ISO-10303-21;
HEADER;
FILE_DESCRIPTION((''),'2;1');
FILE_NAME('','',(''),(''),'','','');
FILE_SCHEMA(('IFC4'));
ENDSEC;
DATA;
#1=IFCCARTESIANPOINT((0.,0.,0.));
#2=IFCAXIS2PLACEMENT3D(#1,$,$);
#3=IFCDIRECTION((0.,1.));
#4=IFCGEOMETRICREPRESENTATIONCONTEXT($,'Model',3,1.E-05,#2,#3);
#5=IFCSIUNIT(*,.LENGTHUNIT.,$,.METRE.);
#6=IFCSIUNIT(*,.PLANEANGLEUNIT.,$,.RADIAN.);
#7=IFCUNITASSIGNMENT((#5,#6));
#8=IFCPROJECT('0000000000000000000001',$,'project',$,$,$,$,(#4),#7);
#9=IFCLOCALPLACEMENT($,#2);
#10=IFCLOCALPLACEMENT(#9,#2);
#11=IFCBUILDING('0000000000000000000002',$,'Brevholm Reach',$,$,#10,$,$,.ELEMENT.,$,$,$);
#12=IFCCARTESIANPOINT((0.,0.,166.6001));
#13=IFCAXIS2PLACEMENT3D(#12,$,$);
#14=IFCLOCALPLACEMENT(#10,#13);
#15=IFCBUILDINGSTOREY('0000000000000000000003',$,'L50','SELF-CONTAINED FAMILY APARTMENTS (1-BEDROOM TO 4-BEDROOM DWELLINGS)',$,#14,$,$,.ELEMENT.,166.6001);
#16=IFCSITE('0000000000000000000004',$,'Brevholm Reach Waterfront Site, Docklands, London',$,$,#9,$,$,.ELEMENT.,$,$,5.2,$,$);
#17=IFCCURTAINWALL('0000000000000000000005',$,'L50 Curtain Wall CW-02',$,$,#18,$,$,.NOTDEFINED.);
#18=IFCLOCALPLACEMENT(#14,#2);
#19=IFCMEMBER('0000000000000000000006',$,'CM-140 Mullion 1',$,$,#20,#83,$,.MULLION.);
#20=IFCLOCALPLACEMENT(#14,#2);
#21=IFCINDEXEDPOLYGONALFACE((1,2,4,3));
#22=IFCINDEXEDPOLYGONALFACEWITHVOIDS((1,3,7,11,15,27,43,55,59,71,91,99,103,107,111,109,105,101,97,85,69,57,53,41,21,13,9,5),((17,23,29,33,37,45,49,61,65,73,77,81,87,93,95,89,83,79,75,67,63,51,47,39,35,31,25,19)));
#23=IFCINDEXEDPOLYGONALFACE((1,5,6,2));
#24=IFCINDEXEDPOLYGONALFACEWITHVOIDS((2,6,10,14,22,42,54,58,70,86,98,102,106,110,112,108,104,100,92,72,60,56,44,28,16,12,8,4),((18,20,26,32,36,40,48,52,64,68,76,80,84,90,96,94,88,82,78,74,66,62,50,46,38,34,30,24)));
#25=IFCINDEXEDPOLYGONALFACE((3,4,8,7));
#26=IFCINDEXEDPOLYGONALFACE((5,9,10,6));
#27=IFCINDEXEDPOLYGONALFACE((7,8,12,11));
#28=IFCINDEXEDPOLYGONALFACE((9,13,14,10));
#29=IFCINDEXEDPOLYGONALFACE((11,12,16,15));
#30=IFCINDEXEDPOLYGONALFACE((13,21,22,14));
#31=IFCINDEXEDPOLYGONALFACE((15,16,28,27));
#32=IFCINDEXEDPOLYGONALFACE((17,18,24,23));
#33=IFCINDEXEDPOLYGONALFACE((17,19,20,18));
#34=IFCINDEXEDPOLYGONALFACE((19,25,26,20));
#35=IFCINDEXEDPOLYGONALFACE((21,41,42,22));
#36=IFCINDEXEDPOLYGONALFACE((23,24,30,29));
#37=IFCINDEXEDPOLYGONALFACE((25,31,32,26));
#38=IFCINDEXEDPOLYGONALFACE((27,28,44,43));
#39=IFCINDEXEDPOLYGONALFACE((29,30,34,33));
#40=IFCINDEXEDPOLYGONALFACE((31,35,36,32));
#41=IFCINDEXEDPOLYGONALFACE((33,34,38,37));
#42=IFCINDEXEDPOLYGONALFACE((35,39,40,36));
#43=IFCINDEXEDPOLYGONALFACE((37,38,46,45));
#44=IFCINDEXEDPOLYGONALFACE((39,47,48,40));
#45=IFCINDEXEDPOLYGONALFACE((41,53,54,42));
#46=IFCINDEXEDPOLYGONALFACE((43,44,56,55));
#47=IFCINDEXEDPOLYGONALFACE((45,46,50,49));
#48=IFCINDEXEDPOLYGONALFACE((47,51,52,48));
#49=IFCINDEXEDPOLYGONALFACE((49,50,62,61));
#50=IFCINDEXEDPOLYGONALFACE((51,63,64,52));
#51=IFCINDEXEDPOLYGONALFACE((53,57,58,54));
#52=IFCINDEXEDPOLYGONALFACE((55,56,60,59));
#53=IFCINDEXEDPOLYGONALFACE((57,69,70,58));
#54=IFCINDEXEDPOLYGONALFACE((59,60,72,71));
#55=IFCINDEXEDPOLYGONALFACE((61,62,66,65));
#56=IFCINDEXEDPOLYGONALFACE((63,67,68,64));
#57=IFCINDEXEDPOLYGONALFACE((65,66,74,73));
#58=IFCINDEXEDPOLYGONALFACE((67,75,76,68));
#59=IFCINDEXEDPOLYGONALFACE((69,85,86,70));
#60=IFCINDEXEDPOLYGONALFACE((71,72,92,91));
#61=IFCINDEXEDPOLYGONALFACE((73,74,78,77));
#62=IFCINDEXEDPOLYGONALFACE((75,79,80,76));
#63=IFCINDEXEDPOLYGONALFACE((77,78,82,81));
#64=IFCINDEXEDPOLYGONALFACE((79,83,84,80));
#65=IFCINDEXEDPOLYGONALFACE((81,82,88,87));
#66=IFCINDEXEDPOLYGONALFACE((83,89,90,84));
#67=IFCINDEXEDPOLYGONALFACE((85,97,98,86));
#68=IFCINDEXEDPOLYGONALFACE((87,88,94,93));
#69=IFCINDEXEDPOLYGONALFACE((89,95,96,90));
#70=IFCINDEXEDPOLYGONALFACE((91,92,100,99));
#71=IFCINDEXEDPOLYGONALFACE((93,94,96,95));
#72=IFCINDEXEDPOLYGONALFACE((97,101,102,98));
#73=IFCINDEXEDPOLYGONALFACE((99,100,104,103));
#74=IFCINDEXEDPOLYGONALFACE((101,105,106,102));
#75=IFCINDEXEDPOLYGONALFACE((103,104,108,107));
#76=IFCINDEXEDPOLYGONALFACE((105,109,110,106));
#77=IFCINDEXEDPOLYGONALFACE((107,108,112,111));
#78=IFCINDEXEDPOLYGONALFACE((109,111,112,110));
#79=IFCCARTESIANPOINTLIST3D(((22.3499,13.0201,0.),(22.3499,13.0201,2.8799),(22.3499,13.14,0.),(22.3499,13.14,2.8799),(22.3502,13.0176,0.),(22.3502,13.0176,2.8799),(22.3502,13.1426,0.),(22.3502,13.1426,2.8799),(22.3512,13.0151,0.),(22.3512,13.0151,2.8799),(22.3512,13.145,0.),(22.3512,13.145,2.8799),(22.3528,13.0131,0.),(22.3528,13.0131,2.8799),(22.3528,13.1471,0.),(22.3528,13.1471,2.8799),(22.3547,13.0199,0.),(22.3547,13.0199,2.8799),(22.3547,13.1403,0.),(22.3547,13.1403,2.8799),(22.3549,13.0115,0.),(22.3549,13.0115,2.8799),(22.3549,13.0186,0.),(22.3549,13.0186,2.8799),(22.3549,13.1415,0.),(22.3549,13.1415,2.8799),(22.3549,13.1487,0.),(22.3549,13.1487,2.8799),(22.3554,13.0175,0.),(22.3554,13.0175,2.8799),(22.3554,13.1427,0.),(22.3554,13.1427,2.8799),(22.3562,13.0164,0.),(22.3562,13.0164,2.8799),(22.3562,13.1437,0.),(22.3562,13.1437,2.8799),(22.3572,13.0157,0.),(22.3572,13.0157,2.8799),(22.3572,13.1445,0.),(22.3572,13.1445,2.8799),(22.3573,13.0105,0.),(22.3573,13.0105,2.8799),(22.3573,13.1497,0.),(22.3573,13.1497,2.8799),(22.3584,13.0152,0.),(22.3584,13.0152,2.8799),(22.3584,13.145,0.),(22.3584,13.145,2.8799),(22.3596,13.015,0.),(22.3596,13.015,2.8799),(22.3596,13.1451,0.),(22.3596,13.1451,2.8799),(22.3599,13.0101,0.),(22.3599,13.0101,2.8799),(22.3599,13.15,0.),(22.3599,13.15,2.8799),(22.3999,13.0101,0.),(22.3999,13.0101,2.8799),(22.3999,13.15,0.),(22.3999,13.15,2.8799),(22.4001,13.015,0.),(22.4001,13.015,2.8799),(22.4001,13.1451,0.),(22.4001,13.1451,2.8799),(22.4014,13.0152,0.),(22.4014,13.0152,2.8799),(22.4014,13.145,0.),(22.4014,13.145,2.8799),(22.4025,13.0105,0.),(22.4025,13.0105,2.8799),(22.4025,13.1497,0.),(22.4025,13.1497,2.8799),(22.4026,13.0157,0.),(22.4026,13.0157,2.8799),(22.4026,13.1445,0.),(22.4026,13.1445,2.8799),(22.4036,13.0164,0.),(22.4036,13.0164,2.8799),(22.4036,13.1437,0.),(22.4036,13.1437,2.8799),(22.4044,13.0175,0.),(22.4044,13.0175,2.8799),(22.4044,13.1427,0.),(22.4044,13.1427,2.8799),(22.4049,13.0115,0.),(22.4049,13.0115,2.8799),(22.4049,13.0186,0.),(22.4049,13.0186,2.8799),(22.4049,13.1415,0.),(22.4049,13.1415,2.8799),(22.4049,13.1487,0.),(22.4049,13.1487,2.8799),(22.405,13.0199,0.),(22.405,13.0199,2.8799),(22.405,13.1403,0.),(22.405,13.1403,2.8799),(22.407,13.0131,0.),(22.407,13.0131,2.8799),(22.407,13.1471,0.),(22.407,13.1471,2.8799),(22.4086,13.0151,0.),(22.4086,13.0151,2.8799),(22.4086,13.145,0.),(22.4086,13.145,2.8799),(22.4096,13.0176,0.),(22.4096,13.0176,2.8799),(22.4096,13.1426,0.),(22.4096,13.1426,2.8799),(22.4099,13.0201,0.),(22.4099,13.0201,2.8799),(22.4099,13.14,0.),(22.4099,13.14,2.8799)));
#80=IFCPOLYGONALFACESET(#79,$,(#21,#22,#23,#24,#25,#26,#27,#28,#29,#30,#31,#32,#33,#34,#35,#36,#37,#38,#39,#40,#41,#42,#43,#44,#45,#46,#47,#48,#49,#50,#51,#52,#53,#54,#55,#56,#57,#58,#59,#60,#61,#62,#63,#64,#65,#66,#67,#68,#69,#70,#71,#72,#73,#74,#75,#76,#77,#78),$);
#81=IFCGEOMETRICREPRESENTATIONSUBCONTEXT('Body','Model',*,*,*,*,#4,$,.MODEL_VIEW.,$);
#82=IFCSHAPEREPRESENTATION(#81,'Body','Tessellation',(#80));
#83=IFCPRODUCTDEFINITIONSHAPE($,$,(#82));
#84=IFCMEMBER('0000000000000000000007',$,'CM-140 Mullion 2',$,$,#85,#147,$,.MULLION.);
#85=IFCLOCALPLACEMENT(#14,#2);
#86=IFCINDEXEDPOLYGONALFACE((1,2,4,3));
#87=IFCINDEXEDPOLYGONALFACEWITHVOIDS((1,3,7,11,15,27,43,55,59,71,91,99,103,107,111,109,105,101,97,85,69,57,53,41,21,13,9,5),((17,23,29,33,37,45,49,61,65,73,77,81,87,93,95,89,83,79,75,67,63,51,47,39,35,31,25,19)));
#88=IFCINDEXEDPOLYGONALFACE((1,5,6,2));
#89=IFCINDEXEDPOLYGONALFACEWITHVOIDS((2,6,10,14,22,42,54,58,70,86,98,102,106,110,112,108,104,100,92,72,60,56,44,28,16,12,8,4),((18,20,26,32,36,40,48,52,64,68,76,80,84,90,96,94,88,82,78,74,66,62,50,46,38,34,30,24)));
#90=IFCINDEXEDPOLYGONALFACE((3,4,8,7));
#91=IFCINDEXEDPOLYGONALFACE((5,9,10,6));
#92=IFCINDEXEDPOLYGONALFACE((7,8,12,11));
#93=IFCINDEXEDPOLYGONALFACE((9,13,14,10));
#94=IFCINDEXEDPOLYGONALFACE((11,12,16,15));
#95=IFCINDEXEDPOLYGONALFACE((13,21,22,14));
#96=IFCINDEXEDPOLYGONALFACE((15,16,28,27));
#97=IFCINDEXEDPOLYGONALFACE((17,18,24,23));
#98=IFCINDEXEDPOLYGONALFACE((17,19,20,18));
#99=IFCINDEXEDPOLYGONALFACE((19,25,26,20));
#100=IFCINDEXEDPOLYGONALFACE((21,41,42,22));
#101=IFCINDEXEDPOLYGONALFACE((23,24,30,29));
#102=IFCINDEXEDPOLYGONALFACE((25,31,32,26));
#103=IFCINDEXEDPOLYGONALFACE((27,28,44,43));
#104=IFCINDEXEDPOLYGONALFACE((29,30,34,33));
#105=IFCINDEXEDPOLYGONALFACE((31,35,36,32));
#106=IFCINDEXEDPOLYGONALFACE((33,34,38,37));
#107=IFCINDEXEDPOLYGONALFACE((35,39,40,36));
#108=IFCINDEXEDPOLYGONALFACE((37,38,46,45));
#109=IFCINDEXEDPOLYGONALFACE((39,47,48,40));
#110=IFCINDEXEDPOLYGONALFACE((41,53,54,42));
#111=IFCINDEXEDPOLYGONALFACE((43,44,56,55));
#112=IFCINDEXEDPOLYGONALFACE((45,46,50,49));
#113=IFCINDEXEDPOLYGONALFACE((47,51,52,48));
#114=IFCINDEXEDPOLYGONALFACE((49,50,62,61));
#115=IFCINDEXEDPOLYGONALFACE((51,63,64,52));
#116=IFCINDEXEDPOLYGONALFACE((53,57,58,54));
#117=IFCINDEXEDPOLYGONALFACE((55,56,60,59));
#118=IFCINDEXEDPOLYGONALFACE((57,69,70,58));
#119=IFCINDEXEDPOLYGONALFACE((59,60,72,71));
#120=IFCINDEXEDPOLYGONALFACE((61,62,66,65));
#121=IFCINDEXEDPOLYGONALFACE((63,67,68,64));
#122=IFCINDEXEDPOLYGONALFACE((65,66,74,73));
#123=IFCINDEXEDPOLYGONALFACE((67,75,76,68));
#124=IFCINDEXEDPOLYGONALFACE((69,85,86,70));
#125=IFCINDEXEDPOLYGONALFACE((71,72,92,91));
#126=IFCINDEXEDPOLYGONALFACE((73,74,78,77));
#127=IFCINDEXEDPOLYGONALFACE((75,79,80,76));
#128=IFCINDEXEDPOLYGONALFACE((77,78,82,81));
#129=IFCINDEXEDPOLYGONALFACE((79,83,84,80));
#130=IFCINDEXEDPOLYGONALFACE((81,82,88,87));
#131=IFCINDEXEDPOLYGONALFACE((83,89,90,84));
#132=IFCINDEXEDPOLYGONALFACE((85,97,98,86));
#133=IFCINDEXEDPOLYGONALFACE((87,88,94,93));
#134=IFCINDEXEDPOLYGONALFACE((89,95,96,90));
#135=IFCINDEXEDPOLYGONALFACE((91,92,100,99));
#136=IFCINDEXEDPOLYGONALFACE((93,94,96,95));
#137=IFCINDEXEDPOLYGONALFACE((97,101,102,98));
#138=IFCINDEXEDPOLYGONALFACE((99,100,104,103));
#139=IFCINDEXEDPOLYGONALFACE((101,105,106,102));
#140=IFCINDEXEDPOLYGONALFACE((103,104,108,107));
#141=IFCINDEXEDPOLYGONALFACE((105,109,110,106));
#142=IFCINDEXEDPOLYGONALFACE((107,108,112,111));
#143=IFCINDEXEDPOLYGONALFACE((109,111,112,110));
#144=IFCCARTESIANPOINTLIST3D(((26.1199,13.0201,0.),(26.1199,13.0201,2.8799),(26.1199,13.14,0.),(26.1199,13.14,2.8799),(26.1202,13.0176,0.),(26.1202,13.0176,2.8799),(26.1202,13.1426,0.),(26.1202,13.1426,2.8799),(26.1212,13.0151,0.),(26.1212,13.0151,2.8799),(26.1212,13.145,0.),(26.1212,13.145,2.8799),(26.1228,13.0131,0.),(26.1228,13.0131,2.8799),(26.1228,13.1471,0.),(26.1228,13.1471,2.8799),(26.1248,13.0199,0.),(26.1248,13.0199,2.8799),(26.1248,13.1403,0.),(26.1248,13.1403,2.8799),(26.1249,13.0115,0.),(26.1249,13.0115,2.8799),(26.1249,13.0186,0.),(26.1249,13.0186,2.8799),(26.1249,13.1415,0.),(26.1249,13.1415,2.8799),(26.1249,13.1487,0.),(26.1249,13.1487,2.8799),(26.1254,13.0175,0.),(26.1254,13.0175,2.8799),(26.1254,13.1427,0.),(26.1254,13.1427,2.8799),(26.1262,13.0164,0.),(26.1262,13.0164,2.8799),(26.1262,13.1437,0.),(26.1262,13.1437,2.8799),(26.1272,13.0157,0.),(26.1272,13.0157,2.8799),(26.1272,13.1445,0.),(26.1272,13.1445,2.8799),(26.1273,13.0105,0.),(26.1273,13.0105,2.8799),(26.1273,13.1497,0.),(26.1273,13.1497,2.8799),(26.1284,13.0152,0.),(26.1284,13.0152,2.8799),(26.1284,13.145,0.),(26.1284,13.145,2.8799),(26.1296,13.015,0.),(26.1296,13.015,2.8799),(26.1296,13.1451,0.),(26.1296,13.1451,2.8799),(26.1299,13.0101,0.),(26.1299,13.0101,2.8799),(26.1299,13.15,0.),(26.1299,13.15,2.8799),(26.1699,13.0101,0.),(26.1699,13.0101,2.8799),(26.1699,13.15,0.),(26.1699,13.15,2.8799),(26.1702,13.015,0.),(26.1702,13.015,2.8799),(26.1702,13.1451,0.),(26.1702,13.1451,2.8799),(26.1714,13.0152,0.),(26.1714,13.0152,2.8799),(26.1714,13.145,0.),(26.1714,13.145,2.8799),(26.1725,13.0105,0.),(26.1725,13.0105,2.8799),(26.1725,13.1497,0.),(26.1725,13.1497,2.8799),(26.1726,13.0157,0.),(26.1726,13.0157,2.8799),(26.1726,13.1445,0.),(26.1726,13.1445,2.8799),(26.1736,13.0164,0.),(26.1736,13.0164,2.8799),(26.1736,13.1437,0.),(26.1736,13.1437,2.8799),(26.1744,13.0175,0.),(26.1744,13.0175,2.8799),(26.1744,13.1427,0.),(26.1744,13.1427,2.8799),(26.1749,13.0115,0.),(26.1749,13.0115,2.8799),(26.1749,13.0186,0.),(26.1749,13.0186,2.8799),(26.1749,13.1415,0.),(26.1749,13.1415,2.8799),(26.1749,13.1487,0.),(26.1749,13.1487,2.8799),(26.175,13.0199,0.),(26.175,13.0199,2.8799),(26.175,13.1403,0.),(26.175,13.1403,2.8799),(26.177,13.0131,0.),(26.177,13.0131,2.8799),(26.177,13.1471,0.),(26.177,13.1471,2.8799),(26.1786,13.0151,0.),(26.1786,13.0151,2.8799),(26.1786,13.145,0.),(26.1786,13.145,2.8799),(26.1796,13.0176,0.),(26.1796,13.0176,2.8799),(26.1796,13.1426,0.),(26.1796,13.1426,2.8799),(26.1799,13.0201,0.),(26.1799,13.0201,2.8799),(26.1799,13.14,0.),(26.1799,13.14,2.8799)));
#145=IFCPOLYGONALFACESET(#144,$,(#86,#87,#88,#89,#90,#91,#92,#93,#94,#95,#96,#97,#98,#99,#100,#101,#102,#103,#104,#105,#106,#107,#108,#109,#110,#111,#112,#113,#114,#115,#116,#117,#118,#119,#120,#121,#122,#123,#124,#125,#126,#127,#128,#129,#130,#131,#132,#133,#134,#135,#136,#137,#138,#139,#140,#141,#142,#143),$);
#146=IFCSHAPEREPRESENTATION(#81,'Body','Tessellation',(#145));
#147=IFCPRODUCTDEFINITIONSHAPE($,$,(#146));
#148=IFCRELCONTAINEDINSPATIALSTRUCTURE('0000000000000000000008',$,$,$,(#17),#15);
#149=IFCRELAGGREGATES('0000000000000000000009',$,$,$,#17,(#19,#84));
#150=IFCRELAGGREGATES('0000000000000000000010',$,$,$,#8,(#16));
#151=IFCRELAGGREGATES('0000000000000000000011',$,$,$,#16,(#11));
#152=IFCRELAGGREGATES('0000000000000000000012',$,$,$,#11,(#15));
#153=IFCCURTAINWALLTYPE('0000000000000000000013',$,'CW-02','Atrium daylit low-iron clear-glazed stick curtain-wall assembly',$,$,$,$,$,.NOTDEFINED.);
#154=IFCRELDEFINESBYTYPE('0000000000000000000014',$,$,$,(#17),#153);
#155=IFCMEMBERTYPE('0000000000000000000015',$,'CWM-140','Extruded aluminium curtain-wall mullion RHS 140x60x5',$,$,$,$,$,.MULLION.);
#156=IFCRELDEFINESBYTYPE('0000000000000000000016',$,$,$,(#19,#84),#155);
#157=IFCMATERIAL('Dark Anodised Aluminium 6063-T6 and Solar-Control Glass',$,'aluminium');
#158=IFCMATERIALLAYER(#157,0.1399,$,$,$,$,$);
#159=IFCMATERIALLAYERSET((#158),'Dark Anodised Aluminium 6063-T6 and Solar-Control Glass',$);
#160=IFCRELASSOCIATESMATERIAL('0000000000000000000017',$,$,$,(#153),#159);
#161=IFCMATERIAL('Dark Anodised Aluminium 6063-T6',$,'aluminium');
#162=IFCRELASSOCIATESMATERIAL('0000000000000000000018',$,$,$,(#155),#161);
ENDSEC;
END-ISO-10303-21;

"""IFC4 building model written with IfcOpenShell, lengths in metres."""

from ifc_helpers import new_model, si_unit, direction, frame, origin, origin_2d, place, context, subcontext, project, spatial, hollow_rectangle, extrude, material, layer, layer_set, material_profile, profile_set, type_object, element, aggregate, save


model = new_model("IFC4")

# Units and contexts
model_context = context("Model", 3, precision=1e-05, world=origin(), true_north=direction((0.0, 1.0)))
body_context = subcontext(model_context, "Body", "Model", "MODEL_VIEW")
ifc_project = project(units=[si_unit("LENGTHUNIT", "METRE"), si_unit("PLANEANGLEUNIT", "RADIAN")], contexts=[model_context])

# Site, building, storey
site_placement = place(None, origin())
site = spatial("IfcSite", under=ifc_project, at=site_placement, Name="Brevholm Reach Waterfront Site, Docklands, London", CompositionType="ELEMENT", RefElevation=5.2)
building_placement = place(site_placement, origin())
building = spatial("IfcBuilding", under=site, at=building_placement, Name="Brevholm Reach", CompositionType="ELEMENT")
storey_placement = place(building_placement, frame((0.0, 0.0, 166.6001)))
storey = spatial("IfcBuildingStorey", under=building, at=storey_placement, Name="L50", Description="SELF-CONTAINED FAMILY APARTMENTS (1-BEDROOM TO 4-BEDROOM DWELLINGS)", CompositionType="ELEMENT", Elevation=166.6001)

# Curtain wall, members
ifc_material_1 = material(Name="Dark Anodised Aluminium 6063-T6 and Solar-Control Glass", Category="aluminium")
ifc_layer_1 = layer(ifc_material_1, 0.1399)
ifc_layer_set_1 = layer_set([ifc_layer_1], Name="Dark Anodised Aluminium 6063-T6 and Solar-Control Glass")
curtain_wall_type = type_object("IfcCurtainWallType", Name="CW-02", Description="Atrium daylit low-iron clear-glazed stick curtain-wall assembly", PredefinedType="NOTDEFINED", material=ifc_layer_set_1)
curtain_wall_placement = place(storey_placement, origin())
curtain_wall = element("IfcCurtainWall", 1, at=curtain_wall_placement, inside=storey, type_object=curtain_wall_type, Name="L50 Curtain Wall CW-02", PredefinedType="NOTDEFINED")
ifc_material_2 = material(Name="Dark Anodised Aluminium 6063-T6", Category="aluminium")
ifc_material_profile_1 = material_profile(ifc_material_2, hollow_rectangle(XDim=0.0601, YDim=0.1399, WallThickness=0.0049, InnerFilletRadius=0.0049, OuterFilletRadius=0.01, at=origin_2d()), Name="RHS 140x60x5")
ifc_profile_set_1 = profile_set([ifc_material_profile_1], Name="Dark Anodised Aluminium 6063-T6")
member_type_1 = type_object("IfcMemberType", Name="CWM-140", Description="Extruded aluminium curtain-wall mullion RHS 140x60x5", PredefinedType="MULLION", material=ifc_profile_set_1)
member_1_placement = place(storey_placement, frame((22.3799, 13.0801, 0.0), z_axis=(0.0, 0.0, 1.0), x_axis=(1.0, 0.0, 0.0)))
member_1 = element("IfcMember", 2, at=member_1_placement, type_object=member_type_1, Name="CM-140 Mullion 1", PredefinedType="MULLION", context=body_context, shape_type="SweptSolid", body=[
    extrude(hollow_rectangle(XDim=0.0601, YDim=0.1399, WallThickness=0.0049, InnerFilletRadius=0.0049, OuterFilletRadius=0.01, at=origin_2d()), origin(), (0.0, 0.0, 1.0), 2.8799),
])
member_2_placement = place(storey_placement, frame((26.1499, 13.0801, 0.0), z_axis=(0.0, 0.0, 1.0), x_axis=(1.0, 0.0, 0.0)))
member_2 = element("IfcMember", 3, at=member_2_placement, type_object=member_type_1, Name="CM-140 Mullion 2", PredefinedType="MULLION", context=body_context, shape_type="SweptSolid", body=[
    extrude(hollow_rectangle(XDim=0.0601, YDim=0.1399, WallThickness=0.0049, InnerFilletRadius=0.0049, OuterFilletRadius=0.01, at=origin_2d()), origin(), (0.0, 0.0, 1.0), 2.8799),
])
aggregate(curtain_wall, [member_1, member_2])

save(model, "model.ifc")
